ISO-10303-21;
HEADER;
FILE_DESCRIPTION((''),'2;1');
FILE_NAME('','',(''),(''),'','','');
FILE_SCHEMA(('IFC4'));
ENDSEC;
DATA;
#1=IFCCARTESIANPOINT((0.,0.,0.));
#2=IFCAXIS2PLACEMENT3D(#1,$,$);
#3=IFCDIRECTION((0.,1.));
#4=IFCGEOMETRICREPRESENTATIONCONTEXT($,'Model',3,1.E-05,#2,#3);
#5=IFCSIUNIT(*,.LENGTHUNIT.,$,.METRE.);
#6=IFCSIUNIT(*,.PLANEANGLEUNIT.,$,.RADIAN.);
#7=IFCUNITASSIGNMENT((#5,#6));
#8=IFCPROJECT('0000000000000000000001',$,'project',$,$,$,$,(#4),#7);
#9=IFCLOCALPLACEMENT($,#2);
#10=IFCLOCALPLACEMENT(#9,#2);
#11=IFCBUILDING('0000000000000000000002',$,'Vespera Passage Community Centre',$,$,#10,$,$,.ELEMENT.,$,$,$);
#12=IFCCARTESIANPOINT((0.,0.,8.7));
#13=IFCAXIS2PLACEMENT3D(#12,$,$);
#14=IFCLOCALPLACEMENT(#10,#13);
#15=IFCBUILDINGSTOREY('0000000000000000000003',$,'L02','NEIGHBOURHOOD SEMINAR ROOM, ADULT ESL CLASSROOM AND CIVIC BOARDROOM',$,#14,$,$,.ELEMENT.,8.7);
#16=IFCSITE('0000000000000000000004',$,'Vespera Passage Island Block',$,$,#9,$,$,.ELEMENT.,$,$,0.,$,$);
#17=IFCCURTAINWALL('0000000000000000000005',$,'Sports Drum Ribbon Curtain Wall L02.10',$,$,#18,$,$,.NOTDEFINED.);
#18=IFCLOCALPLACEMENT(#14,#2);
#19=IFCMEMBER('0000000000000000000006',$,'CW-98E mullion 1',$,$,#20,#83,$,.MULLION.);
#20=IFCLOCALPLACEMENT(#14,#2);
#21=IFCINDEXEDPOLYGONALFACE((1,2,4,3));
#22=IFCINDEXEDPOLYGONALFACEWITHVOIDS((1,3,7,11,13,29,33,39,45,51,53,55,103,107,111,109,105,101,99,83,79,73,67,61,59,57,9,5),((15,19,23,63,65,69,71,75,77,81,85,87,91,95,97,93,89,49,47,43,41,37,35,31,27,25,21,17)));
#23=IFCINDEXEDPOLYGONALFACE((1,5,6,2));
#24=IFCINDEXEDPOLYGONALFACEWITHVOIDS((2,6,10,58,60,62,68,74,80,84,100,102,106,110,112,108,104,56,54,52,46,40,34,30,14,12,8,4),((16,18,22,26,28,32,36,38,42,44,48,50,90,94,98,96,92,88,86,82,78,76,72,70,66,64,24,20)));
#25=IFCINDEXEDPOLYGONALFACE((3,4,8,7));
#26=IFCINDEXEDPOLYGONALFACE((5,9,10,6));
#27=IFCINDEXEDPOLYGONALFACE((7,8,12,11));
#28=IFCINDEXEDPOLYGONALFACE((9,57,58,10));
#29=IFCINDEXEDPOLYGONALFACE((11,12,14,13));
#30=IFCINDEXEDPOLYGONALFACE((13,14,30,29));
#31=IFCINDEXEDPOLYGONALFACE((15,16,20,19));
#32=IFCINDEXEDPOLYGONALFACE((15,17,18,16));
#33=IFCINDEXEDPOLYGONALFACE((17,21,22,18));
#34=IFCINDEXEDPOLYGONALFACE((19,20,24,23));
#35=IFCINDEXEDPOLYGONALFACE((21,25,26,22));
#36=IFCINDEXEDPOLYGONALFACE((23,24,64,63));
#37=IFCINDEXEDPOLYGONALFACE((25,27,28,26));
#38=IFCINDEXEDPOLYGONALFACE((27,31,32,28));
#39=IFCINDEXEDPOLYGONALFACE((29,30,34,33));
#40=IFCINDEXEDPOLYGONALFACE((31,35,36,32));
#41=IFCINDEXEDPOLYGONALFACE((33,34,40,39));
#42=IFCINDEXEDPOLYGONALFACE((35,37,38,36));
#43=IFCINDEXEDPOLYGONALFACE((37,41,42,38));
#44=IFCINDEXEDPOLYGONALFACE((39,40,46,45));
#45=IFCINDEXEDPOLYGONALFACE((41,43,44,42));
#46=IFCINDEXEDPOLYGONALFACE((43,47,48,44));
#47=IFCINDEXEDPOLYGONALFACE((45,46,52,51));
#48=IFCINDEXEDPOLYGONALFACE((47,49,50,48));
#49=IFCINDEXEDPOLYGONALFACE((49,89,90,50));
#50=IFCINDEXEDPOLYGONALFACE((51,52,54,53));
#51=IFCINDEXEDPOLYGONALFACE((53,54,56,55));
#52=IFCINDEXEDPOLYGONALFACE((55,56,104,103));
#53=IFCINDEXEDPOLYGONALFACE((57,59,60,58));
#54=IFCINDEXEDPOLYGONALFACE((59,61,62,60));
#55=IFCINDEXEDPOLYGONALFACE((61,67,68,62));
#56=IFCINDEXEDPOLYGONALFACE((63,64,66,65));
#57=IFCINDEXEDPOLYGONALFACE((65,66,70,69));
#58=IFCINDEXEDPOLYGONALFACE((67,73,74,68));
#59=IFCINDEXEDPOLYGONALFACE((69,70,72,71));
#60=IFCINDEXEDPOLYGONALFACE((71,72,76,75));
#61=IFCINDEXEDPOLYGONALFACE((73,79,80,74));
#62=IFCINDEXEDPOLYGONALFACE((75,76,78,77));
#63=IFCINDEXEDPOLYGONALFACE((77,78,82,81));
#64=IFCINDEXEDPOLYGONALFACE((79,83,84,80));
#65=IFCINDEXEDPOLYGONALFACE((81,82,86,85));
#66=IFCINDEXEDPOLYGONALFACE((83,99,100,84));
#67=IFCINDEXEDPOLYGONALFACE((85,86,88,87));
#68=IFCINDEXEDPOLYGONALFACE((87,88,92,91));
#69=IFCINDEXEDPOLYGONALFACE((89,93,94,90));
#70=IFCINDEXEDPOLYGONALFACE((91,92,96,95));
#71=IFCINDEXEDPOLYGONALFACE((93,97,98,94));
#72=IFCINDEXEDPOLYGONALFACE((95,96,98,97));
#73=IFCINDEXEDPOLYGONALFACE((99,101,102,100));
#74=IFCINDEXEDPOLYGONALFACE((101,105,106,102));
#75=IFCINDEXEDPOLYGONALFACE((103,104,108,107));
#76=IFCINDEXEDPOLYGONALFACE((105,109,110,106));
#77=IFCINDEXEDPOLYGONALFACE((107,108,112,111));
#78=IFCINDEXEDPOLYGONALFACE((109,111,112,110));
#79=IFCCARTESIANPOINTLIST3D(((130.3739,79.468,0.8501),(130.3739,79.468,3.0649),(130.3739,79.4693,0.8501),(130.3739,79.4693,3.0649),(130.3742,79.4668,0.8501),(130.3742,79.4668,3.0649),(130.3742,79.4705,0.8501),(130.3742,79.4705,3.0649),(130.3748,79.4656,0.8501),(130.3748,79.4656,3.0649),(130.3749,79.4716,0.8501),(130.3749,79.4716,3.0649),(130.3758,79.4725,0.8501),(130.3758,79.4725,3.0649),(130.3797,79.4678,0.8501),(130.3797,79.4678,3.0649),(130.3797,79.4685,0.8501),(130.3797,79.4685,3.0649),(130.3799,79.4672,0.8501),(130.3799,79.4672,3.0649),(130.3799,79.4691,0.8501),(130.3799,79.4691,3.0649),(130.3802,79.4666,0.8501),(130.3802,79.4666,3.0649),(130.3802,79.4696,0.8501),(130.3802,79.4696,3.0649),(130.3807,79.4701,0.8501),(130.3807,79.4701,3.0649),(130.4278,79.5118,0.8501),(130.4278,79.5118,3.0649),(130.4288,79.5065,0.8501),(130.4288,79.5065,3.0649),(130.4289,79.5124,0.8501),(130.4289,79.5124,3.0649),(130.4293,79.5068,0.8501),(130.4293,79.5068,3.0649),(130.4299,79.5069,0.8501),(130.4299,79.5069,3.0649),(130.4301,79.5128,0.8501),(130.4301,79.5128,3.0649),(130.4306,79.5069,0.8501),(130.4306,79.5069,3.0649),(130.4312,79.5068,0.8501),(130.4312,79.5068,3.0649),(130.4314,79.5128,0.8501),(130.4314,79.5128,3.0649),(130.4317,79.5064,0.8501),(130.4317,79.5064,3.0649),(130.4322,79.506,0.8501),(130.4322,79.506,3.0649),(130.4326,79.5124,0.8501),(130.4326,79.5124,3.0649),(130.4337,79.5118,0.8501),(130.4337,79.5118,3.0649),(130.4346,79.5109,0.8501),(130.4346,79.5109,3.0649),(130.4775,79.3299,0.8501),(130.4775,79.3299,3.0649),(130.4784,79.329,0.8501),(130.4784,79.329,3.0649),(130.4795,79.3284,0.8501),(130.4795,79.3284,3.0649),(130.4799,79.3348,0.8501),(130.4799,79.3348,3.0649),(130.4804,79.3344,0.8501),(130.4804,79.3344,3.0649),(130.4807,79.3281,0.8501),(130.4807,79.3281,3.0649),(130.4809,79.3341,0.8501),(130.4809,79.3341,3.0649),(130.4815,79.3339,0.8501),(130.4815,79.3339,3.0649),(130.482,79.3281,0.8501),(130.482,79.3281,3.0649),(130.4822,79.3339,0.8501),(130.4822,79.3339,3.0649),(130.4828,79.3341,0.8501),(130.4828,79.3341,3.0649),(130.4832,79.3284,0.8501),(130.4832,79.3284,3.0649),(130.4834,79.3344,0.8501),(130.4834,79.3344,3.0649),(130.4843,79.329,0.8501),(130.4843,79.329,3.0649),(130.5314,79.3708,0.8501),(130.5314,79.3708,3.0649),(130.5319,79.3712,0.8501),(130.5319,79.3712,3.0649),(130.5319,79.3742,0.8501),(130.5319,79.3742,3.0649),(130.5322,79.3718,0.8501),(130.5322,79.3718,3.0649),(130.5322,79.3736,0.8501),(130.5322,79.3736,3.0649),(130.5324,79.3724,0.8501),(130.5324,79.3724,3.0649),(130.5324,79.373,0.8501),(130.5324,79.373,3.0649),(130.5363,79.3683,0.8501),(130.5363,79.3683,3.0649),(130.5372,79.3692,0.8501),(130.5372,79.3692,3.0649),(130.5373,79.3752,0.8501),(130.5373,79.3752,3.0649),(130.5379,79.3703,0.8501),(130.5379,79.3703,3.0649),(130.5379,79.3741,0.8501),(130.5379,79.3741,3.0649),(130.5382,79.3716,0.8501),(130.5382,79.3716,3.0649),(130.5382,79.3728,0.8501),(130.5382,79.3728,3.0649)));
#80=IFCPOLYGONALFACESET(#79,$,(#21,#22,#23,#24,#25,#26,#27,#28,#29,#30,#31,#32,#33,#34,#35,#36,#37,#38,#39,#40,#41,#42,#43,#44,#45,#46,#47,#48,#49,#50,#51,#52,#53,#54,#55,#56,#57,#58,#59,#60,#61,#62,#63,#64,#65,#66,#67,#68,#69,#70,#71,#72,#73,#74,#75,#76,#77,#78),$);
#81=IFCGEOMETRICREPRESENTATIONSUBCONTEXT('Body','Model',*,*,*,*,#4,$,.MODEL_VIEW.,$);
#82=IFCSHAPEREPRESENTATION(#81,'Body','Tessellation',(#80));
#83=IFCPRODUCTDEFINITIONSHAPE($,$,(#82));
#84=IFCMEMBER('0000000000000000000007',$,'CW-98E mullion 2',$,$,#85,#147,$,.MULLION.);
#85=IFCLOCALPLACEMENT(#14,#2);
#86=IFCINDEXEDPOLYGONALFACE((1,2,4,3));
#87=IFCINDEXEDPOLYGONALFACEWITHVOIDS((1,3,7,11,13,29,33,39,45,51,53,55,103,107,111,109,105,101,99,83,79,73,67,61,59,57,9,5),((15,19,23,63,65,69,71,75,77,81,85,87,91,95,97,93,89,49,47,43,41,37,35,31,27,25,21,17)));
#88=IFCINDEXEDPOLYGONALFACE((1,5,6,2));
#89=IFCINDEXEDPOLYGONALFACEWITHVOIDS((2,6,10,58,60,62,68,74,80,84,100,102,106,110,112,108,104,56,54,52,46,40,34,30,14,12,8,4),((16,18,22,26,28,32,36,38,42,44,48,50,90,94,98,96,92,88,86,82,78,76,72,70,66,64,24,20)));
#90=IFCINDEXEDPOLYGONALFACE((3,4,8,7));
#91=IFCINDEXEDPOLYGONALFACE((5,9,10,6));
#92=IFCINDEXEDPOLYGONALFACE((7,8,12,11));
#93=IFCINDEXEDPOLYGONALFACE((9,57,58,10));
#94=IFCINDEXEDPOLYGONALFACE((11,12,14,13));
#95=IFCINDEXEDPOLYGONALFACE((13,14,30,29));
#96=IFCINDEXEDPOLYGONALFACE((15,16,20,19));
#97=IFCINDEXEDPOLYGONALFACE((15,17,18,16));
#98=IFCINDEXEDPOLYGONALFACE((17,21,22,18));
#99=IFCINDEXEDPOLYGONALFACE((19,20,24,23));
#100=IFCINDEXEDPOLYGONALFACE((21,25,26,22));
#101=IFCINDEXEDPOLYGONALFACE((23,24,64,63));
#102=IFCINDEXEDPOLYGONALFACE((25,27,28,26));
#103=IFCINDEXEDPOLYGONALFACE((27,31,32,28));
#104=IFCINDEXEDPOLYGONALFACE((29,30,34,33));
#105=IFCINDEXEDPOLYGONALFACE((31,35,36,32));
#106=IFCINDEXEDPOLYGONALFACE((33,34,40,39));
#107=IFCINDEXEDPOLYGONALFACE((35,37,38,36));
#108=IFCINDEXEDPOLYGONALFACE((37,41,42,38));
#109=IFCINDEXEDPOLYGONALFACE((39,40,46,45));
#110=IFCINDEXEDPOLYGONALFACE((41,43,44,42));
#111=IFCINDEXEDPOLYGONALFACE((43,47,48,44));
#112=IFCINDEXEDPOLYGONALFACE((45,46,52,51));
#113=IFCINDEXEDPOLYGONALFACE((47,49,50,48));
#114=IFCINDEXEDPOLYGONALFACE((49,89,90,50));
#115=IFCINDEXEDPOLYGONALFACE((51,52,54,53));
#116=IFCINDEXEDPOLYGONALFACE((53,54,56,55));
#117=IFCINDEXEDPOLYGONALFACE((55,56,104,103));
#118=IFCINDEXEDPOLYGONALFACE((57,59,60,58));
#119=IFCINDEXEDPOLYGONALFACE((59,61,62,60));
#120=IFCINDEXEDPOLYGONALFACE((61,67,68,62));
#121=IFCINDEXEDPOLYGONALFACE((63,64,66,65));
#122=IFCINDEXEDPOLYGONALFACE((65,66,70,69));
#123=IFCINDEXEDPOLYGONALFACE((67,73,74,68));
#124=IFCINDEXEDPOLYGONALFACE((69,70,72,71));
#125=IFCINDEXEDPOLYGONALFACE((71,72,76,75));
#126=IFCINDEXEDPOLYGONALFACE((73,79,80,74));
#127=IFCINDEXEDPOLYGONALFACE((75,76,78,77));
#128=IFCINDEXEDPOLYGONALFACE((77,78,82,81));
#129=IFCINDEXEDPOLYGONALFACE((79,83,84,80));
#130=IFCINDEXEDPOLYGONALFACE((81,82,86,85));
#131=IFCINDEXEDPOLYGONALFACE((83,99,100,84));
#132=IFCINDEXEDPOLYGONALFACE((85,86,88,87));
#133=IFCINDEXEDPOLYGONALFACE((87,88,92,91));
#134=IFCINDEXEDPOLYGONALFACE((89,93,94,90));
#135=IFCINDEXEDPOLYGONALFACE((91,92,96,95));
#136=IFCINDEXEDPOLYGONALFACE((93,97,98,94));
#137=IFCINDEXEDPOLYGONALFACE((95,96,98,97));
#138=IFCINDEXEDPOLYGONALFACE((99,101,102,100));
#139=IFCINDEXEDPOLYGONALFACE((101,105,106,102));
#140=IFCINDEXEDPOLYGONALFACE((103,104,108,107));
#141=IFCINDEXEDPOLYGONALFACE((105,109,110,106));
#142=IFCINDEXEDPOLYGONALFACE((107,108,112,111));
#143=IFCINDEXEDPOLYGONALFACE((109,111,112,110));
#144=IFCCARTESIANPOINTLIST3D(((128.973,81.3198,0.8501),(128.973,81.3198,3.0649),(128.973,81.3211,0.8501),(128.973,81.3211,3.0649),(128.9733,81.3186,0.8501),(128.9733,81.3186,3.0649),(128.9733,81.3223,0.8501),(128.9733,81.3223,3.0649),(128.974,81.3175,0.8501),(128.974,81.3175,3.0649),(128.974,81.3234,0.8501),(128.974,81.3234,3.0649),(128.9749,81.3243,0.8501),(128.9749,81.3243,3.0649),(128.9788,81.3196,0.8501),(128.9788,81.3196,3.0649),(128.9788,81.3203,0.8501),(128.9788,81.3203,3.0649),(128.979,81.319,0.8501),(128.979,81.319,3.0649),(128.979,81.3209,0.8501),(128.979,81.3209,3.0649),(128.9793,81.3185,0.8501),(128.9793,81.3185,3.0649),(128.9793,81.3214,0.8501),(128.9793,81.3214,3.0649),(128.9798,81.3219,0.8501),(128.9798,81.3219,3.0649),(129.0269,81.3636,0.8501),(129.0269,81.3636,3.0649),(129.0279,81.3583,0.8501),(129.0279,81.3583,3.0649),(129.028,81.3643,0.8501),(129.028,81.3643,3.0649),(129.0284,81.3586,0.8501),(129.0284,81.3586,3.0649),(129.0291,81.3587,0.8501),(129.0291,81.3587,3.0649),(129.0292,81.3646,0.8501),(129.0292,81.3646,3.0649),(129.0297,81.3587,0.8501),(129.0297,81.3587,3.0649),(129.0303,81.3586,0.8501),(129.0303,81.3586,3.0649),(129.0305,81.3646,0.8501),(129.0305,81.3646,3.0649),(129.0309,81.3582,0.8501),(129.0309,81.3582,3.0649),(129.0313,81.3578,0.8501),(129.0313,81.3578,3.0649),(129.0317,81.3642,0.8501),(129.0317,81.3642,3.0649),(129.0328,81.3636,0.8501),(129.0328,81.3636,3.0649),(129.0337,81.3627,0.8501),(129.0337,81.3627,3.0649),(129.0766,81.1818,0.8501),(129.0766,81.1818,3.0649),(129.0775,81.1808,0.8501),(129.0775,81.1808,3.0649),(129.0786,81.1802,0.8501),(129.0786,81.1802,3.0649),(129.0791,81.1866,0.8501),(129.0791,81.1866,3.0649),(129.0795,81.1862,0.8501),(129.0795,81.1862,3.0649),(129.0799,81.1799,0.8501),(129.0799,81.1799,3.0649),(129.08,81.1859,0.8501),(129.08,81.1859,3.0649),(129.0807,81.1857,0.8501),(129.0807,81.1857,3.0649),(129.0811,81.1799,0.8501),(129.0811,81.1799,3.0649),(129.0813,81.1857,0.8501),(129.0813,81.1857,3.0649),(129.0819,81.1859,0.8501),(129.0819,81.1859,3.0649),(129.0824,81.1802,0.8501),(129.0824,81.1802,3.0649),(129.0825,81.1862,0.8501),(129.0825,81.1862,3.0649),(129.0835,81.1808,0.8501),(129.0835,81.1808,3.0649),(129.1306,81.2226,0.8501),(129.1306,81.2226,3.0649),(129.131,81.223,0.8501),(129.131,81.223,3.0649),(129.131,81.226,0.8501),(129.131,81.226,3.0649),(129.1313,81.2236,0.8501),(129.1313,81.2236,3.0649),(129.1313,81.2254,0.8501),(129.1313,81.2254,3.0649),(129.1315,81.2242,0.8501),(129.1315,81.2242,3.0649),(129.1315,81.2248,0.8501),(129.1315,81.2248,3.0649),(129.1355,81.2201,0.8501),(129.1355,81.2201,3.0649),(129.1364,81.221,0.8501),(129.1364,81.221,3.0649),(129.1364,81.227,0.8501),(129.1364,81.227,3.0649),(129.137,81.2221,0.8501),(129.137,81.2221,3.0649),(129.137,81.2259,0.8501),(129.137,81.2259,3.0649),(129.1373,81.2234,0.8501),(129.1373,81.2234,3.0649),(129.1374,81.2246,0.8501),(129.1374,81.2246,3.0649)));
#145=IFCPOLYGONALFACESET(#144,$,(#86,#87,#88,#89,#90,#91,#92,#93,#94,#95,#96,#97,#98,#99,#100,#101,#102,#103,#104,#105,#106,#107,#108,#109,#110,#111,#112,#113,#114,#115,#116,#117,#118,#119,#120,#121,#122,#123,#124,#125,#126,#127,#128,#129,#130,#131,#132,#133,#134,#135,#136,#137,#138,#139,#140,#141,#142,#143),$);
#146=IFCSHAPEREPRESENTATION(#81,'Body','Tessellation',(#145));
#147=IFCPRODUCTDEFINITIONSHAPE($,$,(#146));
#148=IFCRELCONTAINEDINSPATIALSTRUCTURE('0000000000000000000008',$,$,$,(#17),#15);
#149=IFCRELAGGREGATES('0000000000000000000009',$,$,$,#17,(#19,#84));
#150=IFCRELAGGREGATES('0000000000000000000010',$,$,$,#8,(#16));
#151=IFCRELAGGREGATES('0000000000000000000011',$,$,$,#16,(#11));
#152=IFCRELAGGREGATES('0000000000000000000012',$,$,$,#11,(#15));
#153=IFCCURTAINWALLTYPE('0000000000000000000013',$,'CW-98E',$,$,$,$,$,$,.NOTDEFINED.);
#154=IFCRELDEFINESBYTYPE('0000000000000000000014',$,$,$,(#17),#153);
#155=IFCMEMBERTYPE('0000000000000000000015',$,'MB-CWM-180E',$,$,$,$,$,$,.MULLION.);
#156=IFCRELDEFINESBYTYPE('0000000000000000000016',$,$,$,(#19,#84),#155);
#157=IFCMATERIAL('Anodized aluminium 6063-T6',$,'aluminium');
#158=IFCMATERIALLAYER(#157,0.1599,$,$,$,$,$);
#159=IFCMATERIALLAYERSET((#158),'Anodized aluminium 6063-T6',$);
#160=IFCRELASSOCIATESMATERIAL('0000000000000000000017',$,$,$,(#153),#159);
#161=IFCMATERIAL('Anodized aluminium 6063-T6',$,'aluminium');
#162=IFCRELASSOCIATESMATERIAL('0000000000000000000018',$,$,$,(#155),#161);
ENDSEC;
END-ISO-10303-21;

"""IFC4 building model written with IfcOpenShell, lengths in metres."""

from ifc_helpers import new_model, si_unit, direction, frame, origin, origin_2d, place, context, subcontext, project, spatial, hollow_rectangle, extrude, material, layer, layer_set, material_profile, profile_set, type_object, element, aggregate, save


model = new_model("IFC4")

# Units and contexts
model_context = context("Model", 3, precision=1e-05, world=origin(), true_north=direction((0.0, 1.0)))
body_context = subcontext(model_context, "Body", "Model", "MODEL_VIEW")
ifc_project = project(units=[si_unit("LENGTHUNIT", "METRE"), si_unit("PLANEANGLEUNIT", "RADIAN")], contexts=[model_context])

# Site, building, storey
site_placement = place(None, origin())
site = spatial("IfcSite", under=ifc_project, at=site_placement, Name="Vespera Passage Island Block", CompositionType="ELEMENT", RefElevation=0.0)
building_placement = place(site_placement, origin())
building = spatial("IfcBuilding", under=site, at=building_placement, Name="Vespera Passage Community Centre", CompositionType="ELEMENT")
storey_placement = place(building_placement, frame((0.0, 0.0, 8.7)))
storey = spatial("IfcBuildingStorey", under=building, at=storey_placement, Name="L02", Description="NEIGHBOURHOOD SEMINAR ROOM, ADULT ESL CLASSROOM AND CIVIC BOARDROOM", CompositionType="ELEMENT", Elevation=8.7)

# Curtain wall, members
ifc_material_1 = material(Name="Anodized aluminium 6063-T6", Category="aluminium")
ifc_layer_1 = layer(ifc_material_1, 0.1599)
ifc_layer_set_1 = layer_set([ifc_layer_1], Name="Anodized aluminium 6063-T6")
curtain_wall_type_1 = type_object("IfcCurtainWallType", Name="CW-98E", PredefinedType="NOTDEFINED", material=ifc_layer_set_1)
curtain_wall_1_placement = place(storey_placement, origin())
curtain_wall_1 = element("IfcCurtainWall", 1, at=curtain_wall_1_placement, inside=storey, type_object=curtain_wall_type_1, Name="Sports Drum Ribbon Curtain Wall L02.10", PredefinedType="NOTDEFINED")
ifc_material_2 = material(Name="Anodized aluminium 6063-T6", Category="aluminium")
ifc_material_profile_1 = material_profile(ifc_material_2, hollow_rectangle(XDim=0.075, YDim=0.1799, WallThickness=0.0049, InnerFilletRadius=0.0024, OuterFilletRadius=0.0049, at=origin_2d()), Name="ALU180X75X5")
ifc_profile_set_1 = profile_set([ifc_material_profile_1], Name="Anodized aluminium 6063-T6")
member_type_1 = type_object("IfcMemberType", Name="MB-CWM-180E", PredefinedType="MULLION", material=ifc_profile_set_1)
member_1_placement = place(storey_placement, frame((130.4561, 79.4204, 0.8501), z_axis=(0.0, 0.0, 1.0), x_axis=(-0.797434, -0.603406, 0.0)))
member_1 = element("IfcMember", 2, at=member_1_placement, type_object=member_type_1, Name="CW-98E mullion 1", PredefinedType="MULLION", context=body_context, shape_type="SweptSolid", body=[
    extrude(hollow_rectangle(XDim=0.075, YDim=0.1799, WallThickness=0.0049, InnerFilletRadius=0.0024, OuterFilletRadius=0.0049, at=origin_2d()), origin(), (0.0, 0.0, 1.0), 2.2148),
])
member_2_placement = place(storey_placement, frame((129.0552, 81.2722, 0.8501), z_axis=(0.0, 0.0, 1.0), x_axis=(-0.797434, -0.603406, 0.0)))
member_2 = element("IfcMember", 3, at=member_2_placement, type_object=member_type_1, Name="CW-98E mullion 2", PredefinedType="MULLION", context=body_context, shape_type="SweptSolid", body=[
    extrude(hollow_rectangle(XDim=0.075, YDim=0.1799, WallThickness=0.0049, InnerFilletRadius=0.0024, OuterFilletRadius=0.0049, at=origin_2d()), origin(), (0.0, 0.0, 1.0), 2.2148),
])

aggregate(curtain_wall_1, [member_1, member_2])

save(model, "model.ifc")
